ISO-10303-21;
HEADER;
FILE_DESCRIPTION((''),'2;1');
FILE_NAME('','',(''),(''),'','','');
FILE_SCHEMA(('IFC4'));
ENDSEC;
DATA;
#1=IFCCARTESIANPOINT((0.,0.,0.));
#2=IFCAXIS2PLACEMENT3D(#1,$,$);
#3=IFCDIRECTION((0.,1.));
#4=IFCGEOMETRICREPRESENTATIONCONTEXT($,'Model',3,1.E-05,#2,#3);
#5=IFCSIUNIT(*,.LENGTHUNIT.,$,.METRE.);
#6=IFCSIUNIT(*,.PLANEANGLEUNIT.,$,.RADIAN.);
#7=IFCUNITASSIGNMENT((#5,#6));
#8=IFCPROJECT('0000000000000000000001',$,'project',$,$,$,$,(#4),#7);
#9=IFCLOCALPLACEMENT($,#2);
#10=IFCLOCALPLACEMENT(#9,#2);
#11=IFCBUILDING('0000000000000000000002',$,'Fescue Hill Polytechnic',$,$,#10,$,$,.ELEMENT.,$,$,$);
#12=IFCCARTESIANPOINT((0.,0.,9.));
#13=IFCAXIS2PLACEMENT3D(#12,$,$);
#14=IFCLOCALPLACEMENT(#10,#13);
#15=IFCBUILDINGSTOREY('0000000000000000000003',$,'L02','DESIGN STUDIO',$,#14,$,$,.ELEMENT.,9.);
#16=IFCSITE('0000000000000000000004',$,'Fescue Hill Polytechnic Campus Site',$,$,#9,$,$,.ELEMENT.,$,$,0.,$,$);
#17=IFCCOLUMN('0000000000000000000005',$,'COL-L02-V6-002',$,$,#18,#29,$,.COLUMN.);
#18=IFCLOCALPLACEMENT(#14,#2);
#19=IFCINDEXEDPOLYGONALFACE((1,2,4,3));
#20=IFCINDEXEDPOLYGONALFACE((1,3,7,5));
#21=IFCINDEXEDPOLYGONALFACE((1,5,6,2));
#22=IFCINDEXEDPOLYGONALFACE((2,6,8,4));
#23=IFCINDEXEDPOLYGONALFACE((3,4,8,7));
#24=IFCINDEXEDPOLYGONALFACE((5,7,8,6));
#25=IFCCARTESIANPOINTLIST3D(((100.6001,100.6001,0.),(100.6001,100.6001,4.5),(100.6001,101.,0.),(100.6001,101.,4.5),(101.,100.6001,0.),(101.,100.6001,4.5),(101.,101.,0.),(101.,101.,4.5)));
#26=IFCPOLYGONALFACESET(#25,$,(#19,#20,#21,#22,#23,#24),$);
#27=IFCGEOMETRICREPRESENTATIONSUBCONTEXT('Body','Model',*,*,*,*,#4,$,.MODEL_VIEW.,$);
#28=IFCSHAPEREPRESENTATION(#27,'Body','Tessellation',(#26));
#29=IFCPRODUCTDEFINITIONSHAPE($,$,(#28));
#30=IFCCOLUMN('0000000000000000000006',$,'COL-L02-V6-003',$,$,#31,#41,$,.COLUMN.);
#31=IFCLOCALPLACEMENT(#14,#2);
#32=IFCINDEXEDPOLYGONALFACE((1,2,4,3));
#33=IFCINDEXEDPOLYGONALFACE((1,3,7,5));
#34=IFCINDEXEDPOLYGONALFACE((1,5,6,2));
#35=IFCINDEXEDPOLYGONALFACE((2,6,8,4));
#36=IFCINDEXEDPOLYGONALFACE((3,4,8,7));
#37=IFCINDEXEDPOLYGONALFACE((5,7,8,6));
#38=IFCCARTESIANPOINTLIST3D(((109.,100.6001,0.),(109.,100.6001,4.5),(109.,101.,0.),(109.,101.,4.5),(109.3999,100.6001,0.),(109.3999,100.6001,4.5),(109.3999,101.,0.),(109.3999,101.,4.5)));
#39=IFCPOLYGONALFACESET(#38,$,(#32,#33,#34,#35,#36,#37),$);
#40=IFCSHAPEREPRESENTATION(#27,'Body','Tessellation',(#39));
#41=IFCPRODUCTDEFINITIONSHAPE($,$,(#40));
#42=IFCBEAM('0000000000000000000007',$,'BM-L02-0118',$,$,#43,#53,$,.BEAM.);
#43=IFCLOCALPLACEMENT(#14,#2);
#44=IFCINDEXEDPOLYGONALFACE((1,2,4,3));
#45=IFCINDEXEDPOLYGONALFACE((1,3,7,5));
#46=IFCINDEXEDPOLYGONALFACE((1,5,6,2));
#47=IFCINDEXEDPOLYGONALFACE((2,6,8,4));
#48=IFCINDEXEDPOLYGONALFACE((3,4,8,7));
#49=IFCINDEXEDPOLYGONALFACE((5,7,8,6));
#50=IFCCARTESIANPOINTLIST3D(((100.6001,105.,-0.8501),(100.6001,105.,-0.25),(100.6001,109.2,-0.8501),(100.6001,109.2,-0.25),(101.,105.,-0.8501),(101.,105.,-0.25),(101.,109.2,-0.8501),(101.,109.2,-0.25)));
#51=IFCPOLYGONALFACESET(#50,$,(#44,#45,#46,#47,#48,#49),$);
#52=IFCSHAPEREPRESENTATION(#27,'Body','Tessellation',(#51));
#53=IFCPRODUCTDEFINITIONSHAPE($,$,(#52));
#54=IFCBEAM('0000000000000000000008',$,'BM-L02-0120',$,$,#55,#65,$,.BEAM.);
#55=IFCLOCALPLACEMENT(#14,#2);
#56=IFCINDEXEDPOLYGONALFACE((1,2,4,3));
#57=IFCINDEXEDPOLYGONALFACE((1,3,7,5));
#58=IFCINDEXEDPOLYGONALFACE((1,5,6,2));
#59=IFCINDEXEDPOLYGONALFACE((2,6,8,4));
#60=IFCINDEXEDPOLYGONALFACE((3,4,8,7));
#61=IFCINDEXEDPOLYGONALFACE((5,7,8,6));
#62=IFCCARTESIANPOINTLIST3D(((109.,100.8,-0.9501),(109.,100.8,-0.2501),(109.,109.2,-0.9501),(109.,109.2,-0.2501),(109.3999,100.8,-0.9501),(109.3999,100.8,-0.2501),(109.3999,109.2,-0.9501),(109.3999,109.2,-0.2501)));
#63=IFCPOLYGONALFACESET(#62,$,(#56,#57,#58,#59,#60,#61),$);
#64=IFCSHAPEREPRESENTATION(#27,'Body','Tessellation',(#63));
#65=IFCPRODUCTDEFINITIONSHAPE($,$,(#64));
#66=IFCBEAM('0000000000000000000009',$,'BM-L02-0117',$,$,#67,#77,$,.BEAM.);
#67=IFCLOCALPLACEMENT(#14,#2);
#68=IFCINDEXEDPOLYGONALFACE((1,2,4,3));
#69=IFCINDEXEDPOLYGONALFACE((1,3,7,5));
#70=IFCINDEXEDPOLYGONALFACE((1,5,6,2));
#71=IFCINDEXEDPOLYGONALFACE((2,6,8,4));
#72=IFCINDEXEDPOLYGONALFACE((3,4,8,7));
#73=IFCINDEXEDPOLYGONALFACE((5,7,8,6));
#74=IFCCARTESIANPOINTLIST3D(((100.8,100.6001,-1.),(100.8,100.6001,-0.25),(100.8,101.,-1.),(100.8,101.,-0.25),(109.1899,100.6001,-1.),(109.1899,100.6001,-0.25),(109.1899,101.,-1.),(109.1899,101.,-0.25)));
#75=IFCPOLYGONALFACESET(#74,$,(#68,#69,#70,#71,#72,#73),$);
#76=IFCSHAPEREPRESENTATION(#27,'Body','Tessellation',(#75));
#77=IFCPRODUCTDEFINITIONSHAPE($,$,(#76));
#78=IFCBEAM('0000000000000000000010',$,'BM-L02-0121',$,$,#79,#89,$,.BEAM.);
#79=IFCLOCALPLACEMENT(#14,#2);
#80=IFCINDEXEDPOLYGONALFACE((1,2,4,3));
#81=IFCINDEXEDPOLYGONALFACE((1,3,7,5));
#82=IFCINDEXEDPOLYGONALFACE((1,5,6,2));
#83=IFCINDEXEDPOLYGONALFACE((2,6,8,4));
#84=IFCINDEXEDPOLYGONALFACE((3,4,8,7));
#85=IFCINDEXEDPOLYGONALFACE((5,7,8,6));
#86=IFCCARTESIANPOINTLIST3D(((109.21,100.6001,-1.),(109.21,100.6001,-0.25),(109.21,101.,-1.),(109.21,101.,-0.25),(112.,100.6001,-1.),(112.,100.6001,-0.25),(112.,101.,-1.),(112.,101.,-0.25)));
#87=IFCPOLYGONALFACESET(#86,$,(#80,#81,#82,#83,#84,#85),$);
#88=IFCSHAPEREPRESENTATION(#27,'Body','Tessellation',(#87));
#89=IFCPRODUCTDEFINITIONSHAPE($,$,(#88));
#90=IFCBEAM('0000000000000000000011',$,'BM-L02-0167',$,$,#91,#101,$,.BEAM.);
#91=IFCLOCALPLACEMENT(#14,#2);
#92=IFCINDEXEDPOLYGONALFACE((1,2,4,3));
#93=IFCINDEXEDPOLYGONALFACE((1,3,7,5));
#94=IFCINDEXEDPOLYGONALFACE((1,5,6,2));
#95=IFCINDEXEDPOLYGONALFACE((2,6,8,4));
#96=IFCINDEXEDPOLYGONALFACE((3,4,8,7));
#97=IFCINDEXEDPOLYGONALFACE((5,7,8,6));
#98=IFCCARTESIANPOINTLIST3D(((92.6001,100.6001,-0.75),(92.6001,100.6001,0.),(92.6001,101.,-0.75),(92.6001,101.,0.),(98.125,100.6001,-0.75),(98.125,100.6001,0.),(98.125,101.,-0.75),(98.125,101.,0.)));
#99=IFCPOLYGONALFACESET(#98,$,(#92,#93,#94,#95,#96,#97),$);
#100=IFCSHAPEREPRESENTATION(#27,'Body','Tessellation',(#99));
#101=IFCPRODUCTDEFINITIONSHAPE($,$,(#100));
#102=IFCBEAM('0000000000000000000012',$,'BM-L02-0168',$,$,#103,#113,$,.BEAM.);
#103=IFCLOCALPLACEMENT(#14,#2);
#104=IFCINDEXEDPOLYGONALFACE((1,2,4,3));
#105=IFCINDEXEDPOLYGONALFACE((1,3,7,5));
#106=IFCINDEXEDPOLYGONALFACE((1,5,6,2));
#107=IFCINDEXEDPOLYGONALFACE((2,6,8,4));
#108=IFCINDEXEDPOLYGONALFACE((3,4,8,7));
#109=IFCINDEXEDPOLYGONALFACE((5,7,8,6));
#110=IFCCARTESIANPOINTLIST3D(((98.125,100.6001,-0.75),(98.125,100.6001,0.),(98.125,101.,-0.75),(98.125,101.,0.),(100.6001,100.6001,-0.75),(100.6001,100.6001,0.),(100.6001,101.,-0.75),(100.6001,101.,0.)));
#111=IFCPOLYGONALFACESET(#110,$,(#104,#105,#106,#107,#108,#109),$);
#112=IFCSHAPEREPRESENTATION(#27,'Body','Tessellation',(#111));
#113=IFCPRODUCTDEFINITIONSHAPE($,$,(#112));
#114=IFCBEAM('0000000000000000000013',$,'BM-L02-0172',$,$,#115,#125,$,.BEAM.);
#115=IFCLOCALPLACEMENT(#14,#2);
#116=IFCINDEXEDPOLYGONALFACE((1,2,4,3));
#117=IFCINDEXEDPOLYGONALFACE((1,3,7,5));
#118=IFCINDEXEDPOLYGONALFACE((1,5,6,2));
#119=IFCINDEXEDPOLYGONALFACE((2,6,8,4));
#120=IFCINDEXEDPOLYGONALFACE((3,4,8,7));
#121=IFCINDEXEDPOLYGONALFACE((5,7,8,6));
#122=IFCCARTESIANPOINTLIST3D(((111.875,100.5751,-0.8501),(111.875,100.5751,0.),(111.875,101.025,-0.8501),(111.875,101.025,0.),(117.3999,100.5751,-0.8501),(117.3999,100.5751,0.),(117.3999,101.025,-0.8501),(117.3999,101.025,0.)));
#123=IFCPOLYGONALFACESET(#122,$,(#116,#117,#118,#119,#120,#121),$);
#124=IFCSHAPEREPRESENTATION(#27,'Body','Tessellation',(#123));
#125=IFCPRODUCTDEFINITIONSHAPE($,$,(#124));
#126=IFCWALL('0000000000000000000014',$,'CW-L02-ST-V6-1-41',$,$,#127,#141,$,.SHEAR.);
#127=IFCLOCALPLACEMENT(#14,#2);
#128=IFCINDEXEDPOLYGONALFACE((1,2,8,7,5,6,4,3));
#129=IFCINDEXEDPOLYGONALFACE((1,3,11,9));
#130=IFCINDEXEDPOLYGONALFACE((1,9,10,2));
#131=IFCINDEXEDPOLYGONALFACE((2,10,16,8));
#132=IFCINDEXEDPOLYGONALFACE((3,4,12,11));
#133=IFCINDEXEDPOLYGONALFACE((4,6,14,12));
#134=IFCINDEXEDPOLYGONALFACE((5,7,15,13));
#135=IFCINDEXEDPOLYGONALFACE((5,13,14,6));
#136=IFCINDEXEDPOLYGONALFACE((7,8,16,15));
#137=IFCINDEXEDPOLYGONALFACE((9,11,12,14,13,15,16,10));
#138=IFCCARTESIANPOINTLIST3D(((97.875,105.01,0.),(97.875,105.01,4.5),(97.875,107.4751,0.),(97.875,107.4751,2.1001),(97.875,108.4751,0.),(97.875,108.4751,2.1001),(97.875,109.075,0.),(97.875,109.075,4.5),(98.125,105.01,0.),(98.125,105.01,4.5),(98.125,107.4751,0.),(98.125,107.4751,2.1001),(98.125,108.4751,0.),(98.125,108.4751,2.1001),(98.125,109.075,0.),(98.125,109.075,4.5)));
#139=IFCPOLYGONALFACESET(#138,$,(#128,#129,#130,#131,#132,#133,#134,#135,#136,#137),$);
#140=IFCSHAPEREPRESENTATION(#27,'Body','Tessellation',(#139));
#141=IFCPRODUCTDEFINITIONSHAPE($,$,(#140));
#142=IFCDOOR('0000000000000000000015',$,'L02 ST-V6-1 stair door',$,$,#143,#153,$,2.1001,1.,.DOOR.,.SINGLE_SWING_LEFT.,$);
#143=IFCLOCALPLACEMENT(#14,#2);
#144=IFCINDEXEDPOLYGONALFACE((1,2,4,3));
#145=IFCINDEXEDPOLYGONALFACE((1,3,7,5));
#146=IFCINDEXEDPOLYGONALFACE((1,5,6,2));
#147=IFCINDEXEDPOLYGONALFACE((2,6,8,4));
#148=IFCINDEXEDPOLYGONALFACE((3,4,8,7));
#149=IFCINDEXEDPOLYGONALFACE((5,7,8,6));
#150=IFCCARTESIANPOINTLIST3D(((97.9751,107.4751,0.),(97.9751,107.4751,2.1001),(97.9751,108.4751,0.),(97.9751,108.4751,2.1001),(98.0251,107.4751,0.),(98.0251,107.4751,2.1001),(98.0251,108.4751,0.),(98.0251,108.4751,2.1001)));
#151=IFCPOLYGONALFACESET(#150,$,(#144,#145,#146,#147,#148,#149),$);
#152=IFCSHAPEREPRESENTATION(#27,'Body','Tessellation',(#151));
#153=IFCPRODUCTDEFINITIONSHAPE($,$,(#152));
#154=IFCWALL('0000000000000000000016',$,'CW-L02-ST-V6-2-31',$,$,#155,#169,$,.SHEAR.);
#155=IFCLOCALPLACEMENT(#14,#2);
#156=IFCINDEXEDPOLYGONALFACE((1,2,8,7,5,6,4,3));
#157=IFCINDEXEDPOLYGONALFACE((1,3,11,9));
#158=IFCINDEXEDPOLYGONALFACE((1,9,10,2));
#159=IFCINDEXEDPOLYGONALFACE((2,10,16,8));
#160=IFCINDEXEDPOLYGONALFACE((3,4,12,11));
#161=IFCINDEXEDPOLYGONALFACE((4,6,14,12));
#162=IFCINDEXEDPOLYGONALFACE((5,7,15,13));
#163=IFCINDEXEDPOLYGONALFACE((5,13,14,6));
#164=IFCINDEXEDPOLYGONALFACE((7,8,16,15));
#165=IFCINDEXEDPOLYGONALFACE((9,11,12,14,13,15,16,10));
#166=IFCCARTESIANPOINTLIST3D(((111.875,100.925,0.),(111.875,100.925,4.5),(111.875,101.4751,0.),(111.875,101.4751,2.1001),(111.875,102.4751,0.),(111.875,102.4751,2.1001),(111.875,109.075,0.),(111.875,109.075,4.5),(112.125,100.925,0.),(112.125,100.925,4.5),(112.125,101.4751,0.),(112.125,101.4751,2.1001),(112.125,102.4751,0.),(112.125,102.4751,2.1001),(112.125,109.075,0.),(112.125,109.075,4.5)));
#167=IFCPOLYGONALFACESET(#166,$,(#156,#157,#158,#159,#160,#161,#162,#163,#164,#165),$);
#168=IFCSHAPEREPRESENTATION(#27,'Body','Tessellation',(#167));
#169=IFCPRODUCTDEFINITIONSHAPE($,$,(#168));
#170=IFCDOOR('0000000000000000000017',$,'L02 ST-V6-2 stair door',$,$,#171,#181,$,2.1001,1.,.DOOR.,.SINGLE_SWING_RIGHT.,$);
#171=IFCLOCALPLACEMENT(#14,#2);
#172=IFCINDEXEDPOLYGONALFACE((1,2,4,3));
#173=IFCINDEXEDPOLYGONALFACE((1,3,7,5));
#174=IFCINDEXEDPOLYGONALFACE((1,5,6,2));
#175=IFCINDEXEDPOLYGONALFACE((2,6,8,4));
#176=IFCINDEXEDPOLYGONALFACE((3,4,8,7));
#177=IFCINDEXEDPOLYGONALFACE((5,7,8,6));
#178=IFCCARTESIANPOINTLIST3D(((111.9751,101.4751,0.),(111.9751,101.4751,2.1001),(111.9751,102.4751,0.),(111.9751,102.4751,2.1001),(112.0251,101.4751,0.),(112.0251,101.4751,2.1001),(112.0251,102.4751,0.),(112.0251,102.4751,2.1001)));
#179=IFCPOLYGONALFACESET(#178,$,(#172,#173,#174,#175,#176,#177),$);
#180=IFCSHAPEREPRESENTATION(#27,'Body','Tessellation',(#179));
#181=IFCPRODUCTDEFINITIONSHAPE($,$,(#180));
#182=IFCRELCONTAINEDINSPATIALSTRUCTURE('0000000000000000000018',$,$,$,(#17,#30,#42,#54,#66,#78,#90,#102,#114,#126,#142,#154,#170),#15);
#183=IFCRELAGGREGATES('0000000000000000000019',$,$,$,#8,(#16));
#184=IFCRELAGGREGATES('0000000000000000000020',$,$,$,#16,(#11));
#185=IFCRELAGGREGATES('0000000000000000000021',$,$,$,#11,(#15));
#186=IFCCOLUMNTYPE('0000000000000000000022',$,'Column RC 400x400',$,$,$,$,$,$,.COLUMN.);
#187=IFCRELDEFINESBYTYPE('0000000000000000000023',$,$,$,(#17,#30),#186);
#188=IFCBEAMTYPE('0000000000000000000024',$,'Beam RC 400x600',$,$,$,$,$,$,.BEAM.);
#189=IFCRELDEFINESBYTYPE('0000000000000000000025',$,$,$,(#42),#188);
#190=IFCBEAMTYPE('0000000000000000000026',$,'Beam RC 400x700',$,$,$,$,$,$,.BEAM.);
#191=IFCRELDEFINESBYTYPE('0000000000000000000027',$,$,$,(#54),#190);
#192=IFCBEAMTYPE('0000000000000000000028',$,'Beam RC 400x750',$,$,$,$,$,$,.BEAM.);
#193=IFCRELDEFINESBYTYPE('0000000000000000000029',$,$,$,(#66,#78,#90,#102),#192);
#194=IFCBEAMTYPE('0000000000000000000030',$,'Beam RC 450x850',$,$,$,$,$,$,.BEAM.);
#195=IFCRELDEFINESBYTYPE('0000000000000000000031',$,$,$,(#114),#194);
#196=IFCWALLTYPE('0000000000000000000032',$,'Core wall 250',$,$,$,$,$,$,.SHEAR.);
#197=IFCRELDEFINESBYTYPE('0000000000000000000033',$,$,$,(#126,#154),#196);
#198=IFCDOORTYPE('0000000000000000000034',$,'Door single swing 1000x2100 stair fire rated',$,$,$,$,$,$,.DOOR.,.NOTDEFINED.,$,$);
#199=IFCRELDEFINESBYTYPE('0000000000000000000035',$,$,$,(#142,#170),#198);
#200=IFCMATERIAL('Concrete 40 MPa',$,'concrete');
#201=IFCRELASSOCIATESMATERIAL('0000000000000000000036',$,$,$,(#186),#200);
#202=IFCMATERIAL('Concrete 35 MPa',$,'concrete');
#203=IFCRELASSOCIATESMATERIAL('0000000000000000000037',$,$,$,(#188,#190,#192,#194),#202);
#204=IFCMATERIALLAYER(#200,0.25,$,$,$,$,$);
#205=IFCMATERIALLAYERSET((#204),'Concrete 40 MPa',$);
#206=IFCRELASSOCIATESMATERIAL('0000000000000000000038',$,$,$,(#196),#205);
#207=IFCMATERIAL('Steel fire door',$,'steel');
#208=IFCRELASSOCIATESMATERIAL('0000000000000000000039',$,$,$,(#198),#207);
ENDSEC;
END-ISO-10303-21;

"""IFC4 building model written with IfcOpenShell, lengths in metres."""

from ifc_helpers import new_model, si_unit, direction, frame, frame_2d, origin, origin_2d, place, context, subcontext, project, spatial, rectangle, extrude, material, layer, layer_set, material_profile, profile_set, type_object, element, fill, save


model = new_model("IFC4")

# Units and contexts
model_context = context("Model", 3, precision=1e-05, world=origin(), true_north=direction((0.0, 1.0)))
body_context = subcontext(model_context, "Body", "Model", "MODEL_VIEW")
ifc_project = project(units=[si_unit("LENGTHUNIT", "METRE"), si_unit("PLANEANGLEUNIT", "RADIAN")], contexts=[model_context])

# Site, building, storey
site_placement = place(None, origin())
site = spatial("IfcSite", under=ifc_project, at=site_placement, Name="Fescue Hill Polytechnic Campus Site", CompositionType="ELEMENT", RefElevation=0.0)
building_placement = place(site_placement, origin())
building = spatial("IfcBuilding", under=site, at=building_placement, Name="Fescue Hill Polytechnic", CompositionType="ELEMENT")
storey_placement = place(building_placement, frame((0.0, 0.0, 9.0)))
storey = spatial("IfcBuildingStorey", under=building, at=storey_placement, Name="L02", Description="DESIGN STUDIO", CompositionType="ELEMENT", Elevation=9.0)

# Columns
ifc_material_1 = material(Name="Concrete 40 MPa", Category="concrete")
ifc_material_profile_1 = material_profile(ifc_material_1, rectangle(XDim=0.3999, YDim=0.3999, at=origin_2d()), Name="RC 400x400")
ifc_profile_set_1 = profile_set([ifc_material_profile_1], Name="Concrete 40 MPa")
column_type = type_object("IfcColumnType", Name="Column RC 400x400", PredefinedType="COLUMN", material=ifc_profile_set_1)
for number, where, z_axis, x_axis, name in (
    (1, (100.8, 100.8, 0.0), (0.0, 0.0, 1.0), (1.0, 0.0, 0.0), "COL-L02-V6-002"),
    (2, (109.2, 100.8, 0.0), (0.0, 0.0, 1.0), (1.0, 0.0, 0.0), "COL-L02-V6-003"),
):
    element("IfcColumn", number, at=place(storey_placement, frame(where, z_axis=z_axis, x_axis=x_axis)), inside=storey, type_object=column_type, Name=name, PredefinedType="COLUMN", context=body_context, shape_type="SweptSolid", body=[
        extrude(rectangle(XDim=0.3999, YDim=0.3999, at=origin_2d()), origin(), (0.0, 0.0, 1.0), 4.5),
    ])

# Beams
ifc_material_2 = material(Name="Concrete 35 MPa", Category="concrete")
ifc_material_profile_2 = material_profile(ifc_material_2, rectangle(XDim=0.3999, YDim=0.6001, at=origin_2d()), Name="RC 400x600")
ifc_profile_set_2 = profile_set([ifc_material_profile_2], Name="Concrete 35 MPa")
beam_type_1 = type_object("IfcBeamType", Name="Beam RC 400x600", PredefinedType="BEAM", material=ifc_profile_set_2)
beam_1_placement = place(storey_placement, frame((100.8, 105.0, -0.55), z_axis=(0.0, 1.0, 0.0), x_axis=(-1.0, 0.0, 0.0)))
element("IfcBeam", 3, at=beam_1_placement, inside=storey, type_object=beam_type_1, Name="BM-L02-0118", PredefinedType="BEAM", context=body_context, shape_type="SweptSolid", body=[
    extrude(rectangle(XDim=0.3999, YDim=0.6001, at=origin_2d()), origin(), (0.0, 0.0, 1.0), 4.2),
])
ifc_material_profile_3 = material_profile(ifc_material_2, rectangle(XDim=0.3999, YDim=0.7, at=origin_2d()), Name="RC 400x700")
ifc_profile_set_3 = profile_set([ifc_material_profile_3], Name="Concrete 35 MPa")
beam_type_2 = type_object("IfcBeamType", Name="Beam RC 400x700", PredefinedType="BEAM", material=ifc_profile_set_3)
beam_2_placement = place(storey_placement, frame((109.2, 100.8, -0.6001), z_axis=(0.0, 1.0, 0.0), x_axis=(-1.0, 0.0, 0.0)))
element("IfcBeam", 4, at=beam_2_placement, inside=storey, type_object=beam_type_2, Name="BM-L02-0120", PredefinedType="BEAM", context=body_context, shape_type="SweptSolid", body=[
    extrude(rectangle(XDim=0.3999, YDim=0.7, at=origin_2d()), origin(), (0.0, 0.0, 1.0), 8.3999),
])
ifc_material_profile_4 = material_profile(ifc_material_2, rectangle(XDim=0.3999, YDim=0.75, at=origin_2d()), Name="RC 400x750")
ifc_profile_set_4 = profile_set([ifc_material_profile_4], Name="Concrete 35 MPa")
beam_type_3 = type_object("IfcBeamType", Name="Beam RC 400x750", PredefinedType="BEAM", material=ifc_profile_set_4)
beam_3_placement = place(storey_placement, frame((100.8, 100.8, -0.625), z_axis=(1.0, 0.0, 0.0), x_axis=(0.0, 1.0, 0.0)))
element("IfcBeam", 5, at=beam_3_placement, inside=storey, type_object=beam_type_3, Name="BM-L02-0117", PredefinedType="BEAM", context=body_context, shape_type="SweptSolid", body=[
    extrude(rectangle(XDim=0.3999, YDim=0.75, at=origin_2d()), origin(), (0.0, 0.0, 1.0), 8.3899),
])
beam_4_placement = place(storey_placement, frame((109.21, 100.8, -0.625), z_axis=(1.0, 0.0, 0.0), x_axis=(0.0, 1.0, 0.0)))
element("IfcBeam", 6, at=beam_4_placement, inside=storey, type_object=beam_type_3, Name="BM-L02-0121", PredefinedType="BEAM", context=body_context, shape_type="SweptSolid", body=[
    extrude(rectangle(XDim=0.3999, YDim=0.75, at=origin_2d()), origin(), (0.0, 0.0, 1.0), 2.79),
])
beam_5_placement = place(storey_placement, frame((92.6001, 100.8, -0.375), z_axis=(1.0, 0.0, 0.0), x_axis=(0.0, 1.0, 0.0)))
element("IfcBeam", 7, at=beam_5_placement, inside=storey, type_object=beam_type_3, Name="BM-L02-0167", PredefinedType="BEAM", context=body_context, shape_type="SweptSolid", body=[
    extrude(rectangle(XDim=0.3999, YDim=0.75, at=origin_2d()), origin(), (0.0, 0.0, 1.0), 5.5249),
])
beam_6_placement = place(storey_placement, frame((98.125, 100.8, -0.375), z_axis=(1.0, 0.0, 0.0), x_axis=(0.0, 1.0, 0.0)))
element("IfcBeam", 8, at=beam_6_placement, inside=storey, type_object=beam_type_3, Name="BM-L02-0168", PredefinedType="BEAM", context=body_context, shape_type="SweptSolid", body=[
    extrude(rectangle(XDim=0.3999, YDim=0.75, at=origin_2d()), origin(), (0.0, 0.0, 1.0), 2.4751),
])
ifc_material_profile_5 = material_profile(ifc_material_2, rectangle(XDim=0.45, YDim=0.8501, at=origin_2d()), Name="RC 450x850")
ifc_profile_set_5 = profile_set([ifc_material_profile_5], Name="Concrete 35 MPa")
beam_type_4 = type_object("IfcBeamType", Name="Beam RC 450x850", PredefinedType="BEAM", material=ifc_profile_set_5)
beam_7_placement = place(storey_placement, frame((111.875, 100.8, -0.425), z_axis=(1.0, 0.0, 0.0), x_axis=(0.0, 1.0, 0.0)))
element("IfcBeam", 9, at=beam_7_placement, inside=storey, type_object=beam_type_4, Name="BM-L02-0172", PredefinedType="BEAM", context=body_context, shape_type="SweptSolid", body=[
    extrude(rectangle(XDim=0.45, YDim=0.8501, at=origin_2d()), origin(), (0.0, 0.0, 1.0), 5.5249),
])

# Walls, openings, doors
ifc_layer_1 = layer(ifc_material_1, 0.25)
ifc_layer_set_1 = layer_set([ifc_layer_1], Name="Concrete 40 MPa")
wall_type_1 = type_object("IfcWallType", Name="Core wall 250", PredefinedType="SHEAR", material=ifc_layer_set_1)
wall_1_placement = place(storey_placement, frame((98.0, 105.01, 0.0), z_axis=(0.0, 0.0, 1.0), x_axis=(0.0, 1.0, 0.0)))
wall_1 = element("IfcWall", 10, at=wall_1_placement, inside=storey, type_object=wall_type_1, Name="CW-L02-ST-V6-1-41", PredefinedType="SHEAR", context=body_context, shape_type="SweptSolid", body=[
    extrude(rectangle(XDim=4.0649, YDim=0.25, at=frame_2d((2.0325, 0.0))), origin(), (0.0, 0.0, 1.0), 4.5),
])
opening_1_placement = place(wall_1_placement, frame((2.4651, 0.0, 0.0)))
opening_1 = element("IfcOpeningElement", 11, at=opening_1_placement, cuts=wall_1, PredefinedType="OPENING", context=body_context, shape_type="SweptSolid", body=[
    extrude(rectangle(XDim=1.0, YDim=2.1001, at=frame_2d((0.5, 1.05))), frame((0.0, 0.135, 0.0), z_axis=(0.0, -1.0, 0.0), x_axis=(1.0, 0.0, 0.0)), (0.0, 0.0, 1.0), 0.27),
])
ifc_material_3 = material(Name="Steel fire door", Category="steel")
door_type_1 = type_object("IfcDoorType", Name="Door single swing 1000x2100 stair fire rated", OperationType="NOTDEFINED", PredefinedType="DOOR", material=ifc_material_3)
door_1_placement = place(opening_1_placement, origin())
door_1 = element("IfcDoor", 12, at=door_1_placement, inside=storey, type_object=door_type_1, Name="L02 ST-V6-1 stair door", OperationType="SINGLE_SWING_LEFT", OverallHeight=2.1001, OverallWidth=1.0, PredefinedType="DOOR", context=body_context, shape_type="SweptSolid", body=[
    extrude(rectangle(XDim=1.0, YDim=2.1001, at=frame_2d((0.5, 1.05))), frame((0.0, 0.0249, 0.0), z_axis=(0.0, -1.0, 0.0), x_axis=(1.0, 0.0, 0.0)), (0.0, 0.0, 1.0), 0.05),
])
fill(opening_1, door_1)
wall_2_placement = place(storey_placement, frame((112.0, 100.925, 0.0), z_axis=(0.0, 0.0, 1.0), x_axis=(0.0, 1.0, 0.0)))
wall_2 = element("IfcWall", 13, at=wall_2_placement, inside=storey, type_object=wall_type_1, Name="CW-L02-ST-V6-2-31", PredefinedType="SHEAR", context=body_context, shape_type="SweptSolid", body=[
    extrude(rectangle(XDim=8.1499, YDim=0.25, at=frame_2d((4.075, 0.0))), origin(), (0.0, 0.0, 1.0), 4.5),
])
opening_2_placement = place(wall_2_placement, frame((0.55, 0.0, 0.0)))
opening_2 = element("IfcOpeningElement", 14, at=opening_2_placement, cuts=wall_2, PredefinedType="OPENING", context=body_context, shape_type="SweptSolid", body=[
    extrude(rectangle(XDim=1.0, YDim=2.1001, at=frame_2d((0.5, 1.05))), frame((0.0, 0.135, 0.0), z_axis=(0.0, -1.0, 0.0), x_axis=(1.0, 0.0, 0.0)), (0.0, 0.0, 1.0), 0.27),
])
door_2_placement = place(opening_2_placement, origin())
door_2 = element("IfcDoor", 15, at=door_2_placement, inside=storey, type_object=door_type_1, Name="L02 ST-V6-2 stair door", OperationType="SINGLE_SWING_RIGHT", OverallHeight=2.1001, OverallWidth=1.0, PredefinedType="DOOR", context=body_context, shape_type="SweptSolid", body=[
    extrude(rectangle(XDim=1.0, YDim=2.1001, at=frame_2d((0.5, 1.05))), frame((0.0, 0.0249, 0.0), z_axis=(0.0, -1.0, 0.0), x_axis=(1.0, 0.0, 0.0)), (0.0, 0.0, 1.0), 0.05),
])
fill(opening_2, door_2)

save(model, "model.ifc")
